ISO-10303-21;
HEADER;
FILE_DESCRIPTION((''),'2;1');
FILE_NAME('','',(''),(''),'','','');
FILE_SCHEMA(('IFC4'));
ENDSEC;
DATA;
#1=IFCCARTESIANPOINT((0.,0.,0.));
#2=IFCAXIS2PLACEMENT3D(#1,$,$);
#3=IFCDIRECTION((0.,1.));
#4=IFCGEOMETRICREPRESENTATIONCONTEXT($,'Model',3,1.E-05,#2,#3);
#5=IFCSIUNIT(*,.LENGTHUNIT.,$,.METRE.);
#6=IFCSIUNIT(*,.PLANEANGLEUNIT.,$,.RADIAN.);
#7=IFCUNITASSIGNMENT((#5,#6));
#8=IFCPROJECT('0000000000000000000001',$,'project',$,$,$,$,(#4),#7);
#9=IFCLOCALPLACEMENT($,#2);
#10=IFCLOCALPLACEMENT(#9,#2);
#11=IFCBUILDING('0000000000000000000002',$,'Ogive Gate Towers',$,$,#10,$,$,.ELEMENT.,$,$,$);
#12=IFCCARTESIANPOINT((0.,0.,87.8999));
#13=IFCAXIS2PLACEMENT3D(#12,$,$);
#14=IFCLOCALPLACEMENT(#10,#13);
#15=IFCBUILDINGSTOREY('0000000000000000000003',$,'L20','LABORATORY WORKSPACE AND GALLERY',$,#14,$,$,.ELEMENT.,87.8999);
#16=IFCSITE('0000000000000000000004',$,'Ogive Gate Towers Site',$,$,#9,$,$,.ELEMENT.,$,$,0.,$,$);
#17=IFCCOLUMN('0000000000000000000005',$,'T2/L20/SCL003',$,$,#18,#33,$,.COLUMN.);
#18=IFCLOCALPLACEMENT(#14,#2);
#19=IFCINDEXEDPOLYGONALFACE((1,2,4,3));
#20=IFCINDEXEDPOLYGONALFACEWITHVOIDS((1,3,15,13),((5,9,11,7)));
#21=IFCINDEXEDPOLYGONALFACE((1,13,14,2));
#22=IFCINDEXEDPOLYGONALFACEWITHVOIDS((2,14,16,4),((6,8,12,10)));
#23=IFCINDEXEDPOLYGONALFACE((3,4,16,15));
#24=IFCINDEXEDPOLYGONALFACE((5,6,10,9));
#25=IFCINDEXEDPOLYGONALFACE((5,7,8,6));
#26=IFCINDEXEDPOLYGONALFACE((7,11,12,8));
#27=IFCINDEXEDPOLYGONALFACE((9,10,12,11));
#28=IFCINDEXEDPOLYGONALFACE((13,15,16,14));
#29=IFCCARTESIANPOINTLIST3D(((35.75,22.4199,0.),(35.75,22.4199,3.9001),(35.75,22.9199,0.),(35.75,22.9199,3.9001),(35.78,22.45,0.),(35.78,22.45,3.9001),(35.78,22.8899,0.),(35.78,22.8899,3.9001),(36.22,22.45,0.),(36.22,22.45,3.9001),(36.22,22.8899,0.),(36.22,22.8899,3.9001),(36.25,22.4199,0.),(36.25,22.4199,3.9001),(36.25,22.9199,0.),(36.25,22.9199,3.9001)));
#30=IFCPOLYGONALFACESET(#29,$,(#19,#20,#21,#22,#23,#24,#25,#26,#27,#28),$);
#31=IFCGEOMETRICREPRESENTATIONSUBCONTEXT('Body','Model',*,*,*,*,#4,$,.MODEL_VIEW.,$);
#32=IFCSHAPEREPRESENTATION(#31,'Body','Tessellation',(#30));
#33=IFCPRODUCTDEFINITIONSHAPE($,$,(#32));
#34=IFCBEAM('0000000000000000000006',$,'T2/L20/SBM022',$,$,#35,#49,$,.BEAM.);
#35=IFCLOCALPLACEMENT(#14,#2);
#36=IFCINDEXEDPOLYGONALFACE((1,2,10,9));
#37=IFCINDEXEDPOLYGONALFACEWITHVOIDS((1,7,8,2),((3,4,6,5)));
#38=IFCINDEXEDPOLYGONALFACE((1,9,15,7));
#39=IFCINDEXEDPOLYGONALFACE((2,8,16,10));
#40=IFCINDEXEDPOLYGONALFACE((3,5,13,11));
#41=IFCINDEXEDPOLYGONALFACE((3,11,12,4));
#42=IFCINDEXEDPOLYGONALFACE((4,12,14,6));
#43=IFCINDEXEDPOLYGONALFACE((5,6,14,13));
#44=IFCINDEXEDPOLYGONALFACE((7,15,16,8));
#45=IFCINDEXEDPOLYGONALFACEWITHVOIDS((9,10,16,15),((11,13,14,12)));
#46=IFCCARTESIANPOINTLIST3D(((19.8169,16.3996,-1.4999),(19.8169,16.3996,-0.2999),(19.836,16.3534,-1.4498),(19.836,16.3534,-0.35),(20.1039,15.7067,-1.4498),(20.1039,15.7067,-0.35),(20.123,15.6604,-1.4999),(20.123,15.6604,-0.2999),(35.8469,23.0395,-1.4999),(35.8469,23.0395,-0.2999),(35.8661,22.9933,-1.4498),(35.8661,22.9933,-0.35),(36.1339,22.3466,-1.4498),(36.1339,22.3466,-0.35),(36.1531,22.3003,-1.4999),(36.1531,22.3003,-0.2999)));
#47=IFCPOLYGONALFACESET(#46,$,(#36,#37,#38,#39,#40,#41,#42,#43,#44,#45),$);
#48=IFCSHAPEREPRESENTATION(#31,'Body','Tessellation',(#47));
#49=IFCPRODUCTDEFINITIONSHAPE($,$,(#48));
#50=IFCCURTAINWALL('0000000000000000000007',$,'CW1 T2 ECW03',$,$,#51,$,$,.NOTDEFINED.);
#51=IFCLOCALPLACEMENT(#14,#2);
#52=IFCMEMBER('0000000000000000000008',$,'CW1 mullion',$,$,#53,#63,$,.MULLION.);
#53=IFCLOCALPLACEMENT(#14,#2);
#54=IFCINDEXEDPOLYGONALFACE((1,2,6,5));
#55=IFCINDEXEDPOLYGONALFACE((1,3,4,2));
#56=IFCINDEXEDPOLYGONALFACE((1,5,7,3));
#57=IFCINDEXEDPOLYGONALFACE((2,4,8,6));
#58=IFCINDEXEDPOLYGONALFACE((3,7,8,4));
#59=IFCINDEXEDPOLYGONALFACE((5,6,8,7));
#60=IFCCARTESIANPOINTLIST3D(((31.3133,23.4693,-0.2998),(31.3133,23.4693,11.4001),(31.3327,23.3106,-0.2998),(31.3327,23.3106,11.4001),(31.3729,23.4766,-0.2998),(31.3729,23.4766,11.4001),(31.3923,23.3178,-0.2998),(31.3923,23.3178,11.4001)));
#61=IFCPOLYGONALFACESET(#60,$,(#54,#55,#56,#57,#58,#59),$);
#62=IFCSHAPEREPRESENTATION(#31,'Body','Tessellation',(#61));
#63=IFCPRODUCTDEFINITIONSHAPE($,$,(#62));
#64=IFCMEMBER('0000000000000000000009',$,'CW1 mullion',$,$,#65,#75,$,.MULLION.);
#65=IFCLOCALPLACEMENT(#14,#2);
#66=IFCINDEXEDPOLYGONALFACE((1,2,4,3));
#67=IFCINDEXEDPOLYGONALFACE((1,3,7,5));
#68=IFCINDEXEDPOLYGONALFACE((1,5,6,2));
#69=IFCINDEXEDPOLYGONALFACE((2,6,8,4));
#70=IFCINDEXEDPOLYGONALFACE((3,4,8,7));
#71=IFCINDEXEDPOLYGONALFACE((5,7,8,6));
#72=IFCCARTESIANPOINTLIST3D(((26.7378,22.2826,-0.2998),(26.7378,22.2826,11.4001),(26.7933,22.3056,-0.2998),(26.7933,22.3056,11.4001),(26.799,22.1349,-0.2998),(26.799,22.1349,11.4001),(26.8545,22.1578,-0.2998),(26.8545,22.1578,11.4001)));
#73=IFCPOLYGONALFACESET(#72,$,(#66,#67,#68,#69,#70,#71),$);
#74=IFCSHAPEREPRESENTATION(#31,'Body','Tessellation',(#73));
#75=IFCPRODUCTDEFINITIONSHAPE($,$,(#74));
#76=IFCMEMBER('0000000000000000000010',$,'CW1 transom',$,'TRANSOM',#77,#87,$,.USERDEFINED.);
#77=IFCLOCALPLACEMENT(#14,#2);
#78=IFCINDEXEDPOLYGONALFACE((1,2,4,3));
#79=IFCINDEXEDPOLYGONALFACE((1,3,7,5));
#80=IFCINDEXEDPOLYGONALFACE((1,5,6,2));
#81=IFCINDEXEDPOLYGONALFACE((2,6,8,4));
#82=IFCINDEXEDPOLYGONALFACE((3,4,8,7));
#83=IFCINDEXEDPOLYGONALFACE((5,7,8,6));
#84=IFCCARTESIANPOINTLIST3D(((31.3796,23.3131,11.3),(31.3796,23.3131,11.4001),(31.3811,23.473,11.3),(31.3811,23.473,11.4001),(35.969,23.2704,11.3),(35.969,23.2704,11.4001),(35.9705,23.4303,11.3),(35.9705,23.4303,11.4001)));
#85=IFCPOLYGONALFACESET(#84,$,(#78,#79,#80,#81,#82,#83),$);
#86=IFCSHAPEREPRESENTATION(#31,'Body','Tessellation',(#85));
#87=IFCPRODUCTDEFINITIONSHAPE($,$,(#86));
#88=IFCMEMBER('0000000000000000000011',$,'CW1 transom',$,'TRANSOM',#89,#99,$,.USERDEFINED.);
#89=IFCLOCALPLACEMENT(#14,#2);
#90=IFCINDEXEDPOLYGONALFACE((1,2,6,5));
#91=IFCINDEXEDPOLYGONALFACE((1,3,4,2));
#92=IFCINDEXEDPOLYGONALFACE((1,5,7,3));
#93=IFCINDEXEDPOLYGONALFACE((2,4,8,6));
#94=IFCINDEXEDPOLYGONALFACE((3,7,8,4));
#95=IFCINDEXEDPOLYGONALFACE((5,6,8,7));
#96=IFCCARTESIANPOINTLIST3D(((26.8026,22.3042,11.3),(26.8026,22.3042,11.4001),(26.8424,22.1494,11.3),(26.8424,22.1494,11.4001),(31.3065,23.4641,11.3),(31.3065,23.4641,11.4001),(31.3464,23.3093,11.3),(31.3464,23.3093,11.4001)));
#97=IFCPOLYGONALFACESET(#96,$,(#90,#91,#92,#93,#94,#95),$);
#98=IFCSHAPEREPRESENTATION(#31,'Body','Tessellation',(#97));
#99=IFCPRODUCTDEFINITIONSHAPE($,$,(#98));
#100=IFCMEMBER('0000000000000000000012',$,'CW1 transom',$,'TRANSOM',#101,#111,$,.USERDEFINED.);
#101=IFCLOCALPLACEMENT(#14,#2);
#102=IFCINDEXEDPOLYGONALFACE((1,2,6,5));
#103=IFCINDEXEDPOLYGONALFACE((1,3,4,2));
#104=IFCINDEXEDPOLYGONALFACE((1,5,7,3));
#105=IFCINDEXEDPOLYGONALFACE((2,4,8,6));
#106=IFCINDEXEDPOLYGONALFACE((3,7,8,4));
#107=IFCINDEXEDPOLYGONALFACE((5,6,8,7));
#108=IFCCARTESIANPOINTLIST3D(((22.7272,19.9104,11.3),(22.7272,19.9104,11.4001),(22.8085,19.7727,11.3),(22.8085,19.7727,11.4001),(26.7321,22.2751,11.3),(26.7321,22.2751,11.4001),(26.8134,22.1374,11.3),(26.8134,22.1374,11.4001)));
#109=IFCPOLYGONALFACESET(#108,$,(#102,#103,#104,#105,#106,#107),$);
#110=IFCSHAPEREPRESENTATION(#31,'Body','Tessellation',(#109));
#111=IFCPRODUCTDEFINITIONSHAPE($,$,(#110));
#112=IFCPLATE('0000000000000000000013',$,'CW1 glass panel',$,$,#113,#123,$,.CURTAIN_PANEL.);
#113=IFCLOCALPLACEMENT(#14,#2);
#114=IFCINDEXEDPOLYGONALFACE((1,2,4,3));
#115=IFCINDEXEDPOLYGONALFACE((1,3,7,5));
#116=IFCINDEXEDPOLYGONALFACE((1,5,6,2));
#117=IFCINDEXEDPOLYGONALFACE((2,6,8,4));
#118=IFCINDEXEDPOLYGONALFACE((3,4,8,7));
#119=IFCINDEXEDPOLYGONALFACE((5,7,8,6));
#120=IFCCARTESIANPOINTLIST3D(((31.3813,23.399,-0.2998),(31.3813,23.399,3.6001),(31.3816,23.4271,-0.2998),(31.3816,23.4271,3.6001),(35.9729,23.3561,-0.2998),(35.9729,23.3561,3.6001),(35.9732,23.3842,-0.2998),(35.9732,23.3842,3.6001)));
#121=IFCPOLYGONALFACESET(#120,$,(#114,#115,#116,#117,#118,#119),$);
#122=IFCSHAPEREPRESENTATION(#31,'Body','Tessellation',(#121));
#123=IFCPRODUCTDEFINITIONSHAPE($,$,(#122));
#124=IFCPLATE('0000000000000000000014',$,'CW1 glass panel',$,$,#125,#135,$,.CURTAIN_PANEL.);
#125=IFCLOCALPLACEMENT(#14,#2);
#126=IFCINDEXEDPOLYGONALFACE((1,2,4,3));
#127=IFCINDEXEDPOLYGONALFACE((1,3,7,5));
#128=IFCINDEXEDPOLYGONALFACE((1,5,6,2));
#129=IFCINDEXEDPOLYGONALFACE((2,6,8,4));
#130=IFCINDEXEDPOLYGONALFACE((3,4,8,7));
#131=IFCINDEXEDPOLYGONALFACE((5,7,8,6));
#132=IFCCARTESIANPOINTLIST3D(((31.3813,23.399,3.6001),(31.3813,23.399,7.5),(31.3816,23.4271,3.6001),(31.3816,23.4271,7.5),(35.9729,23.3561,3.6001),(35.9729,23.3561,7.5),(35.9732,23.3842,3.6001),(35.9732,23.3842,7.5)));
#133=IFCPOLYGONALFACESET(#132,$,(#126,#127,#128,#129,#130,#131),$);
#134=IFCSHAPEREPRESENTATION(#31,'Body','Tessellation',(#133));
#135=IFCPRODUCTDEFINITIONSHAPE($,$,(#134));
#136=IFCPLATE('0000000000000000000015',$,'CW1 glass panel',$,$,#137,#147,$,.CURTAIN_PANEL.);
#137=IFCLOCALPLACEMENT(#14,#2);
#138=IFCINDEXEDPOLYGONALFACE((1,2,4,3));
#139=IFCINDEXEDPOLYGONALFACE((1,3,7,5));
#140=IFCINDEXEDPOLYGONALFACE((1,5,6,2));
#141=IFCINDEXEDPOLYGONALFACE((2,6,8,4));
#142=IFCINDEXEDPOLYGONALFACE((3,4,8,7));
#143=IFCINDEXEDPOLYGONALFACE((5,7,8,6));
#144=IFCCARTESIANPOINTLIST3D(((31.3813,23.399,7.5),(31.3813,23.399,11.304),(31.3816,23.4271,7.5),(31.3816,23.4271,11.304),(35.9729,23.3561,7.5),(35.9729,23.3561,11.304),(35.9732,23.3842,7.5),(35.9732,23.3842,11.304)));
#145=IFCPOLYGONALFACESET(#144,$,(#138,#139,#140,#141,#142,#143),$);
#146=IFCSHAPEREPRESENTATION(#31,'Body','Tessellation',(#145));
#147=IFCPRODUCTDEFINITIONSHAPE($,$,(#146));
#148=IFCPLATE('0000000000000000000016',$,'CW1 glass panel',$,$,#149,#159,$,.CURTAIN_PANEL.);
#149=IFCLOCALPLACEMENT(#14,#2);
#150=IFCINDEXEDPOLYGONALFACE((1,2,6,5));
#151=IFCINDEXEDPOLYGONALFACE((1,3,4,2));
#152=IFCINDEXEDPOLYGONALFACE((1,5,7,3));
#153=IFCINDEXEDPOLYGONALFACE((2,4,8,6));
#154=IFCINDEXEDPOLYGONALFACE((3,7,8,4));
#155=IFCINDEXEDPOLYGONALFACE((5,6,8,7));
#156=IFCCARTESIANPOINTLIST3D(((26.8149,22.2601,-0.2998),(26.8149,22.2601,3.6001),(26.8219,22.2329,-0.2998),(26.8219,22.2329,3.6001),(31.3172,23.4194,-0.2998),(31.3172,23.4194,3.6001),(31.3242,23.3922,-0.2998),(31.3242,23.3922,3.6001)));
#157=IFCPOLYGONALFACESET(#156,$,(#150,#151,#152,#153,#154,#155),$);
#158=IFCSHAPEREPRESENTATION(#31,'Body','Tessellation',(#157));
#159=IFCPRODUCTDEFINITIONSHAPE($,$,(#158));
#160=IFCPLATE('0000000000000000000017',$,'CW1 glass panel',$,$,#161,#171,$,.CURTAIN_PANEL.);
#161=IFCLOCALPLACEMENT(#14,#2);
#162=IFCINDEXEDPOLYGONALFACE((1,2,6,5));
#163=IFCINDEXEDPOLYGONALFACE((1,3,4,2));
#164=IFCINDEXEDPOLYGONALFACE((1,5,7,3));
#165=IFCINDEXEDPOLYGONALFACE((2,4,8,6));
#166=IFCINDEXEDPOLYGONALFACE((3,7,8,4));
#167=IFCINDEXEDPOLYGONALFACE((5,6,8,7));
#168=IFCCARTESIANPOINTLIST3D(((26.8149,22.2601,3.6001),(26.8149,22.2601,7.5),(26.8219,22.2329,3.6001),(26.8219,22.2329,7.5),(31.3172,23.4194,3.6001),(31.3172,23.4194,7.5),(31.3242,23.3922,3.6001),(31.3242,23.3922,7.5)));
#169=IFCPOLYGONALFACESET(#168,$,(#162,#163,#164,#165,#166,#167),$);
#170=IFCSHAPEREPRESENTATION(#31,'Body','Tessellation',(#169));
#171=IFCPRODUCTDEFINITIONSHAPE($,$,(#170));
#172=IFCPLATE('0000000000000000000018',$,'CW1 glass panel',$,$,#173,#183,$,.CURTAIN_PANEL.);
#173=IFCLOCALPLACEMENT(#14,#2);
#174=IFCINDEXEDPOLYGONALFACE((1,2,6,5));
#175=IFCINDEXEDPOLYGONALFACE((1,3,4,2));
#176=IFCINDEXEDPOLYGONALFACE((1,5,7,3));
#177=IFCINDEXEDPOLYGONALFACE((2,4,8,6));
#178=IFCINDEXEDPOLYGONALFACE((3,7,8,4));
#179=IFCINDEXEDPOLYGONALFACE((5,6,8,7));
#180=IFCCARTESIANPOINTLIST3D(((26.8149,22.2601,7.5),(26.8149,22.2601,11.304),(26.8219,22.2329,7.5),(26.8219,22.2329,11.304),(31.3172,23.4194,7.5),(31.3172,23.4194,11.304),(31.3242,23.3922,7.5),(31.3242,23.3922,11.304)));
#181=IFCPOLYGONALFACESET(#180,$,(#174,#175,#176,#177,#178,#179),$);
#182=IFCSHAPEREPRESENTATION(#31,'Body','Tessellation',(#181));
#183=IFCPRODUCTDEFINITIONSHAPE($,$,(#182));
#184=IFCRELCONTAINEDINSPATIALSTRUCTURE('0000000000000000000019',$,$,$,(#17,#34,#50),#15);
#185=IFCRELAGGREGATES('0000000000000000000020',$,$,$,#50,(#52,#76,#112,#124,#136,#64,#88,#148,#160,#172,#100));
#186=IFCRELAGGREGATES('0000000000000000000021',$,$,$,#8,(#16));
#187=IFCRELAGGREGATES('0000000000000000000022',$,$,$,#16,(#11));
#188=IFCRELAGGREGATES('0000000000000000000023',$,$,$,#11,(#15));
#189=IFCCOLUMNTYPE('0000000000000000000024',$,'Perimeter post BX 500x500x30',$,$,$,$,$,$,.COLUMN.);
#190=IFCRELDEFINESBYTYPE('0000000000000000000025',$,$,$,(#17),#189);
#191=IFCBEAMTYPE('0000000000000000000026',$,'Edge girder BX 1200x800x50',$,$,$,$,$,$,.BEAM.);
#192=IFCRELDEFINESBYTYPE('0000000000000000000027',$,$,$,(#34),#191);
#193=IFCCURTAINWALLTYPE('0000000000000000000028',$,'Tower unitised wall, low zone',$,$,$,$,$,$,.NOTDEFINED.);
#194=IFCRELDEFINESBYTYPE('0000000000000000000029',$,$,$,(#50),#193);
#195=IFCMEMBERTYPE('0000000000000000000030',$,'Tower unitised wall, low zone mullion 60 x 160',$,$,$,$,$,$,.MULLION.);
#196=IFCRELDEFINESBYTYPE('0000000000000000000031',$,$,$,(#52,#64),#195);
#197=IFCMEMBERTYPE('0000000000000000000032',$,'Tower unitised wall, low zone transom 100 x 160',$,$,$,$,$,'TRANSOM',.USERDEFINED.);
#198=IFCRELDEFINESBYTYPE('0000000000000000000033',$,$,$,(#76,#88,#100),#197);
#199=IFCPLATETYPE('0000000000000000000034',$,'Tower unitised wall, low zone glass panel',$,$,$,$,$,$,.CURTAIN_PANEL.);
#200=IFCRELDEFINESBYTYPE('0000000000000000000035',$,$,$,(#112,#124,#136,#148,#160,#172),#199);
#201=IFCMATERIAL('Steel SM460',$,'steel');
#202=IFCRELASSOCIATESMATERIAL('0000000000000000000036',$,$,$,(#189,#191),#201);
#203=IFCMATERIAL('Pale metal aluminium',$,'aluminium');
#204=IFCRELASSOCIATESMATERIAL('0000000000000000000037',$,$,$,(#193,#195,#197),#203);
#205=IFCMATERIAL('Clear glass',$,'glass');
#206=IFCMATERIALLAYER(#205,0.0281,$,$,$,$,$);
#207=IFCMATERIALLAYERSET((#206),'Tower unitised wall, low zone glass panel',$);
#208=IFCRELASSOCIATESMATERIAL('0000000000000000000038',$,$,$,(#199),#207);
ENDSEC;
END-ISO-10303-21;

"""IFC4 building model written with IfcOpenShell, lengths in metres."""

from ifc_helpers import new_model, si_unit, direction, frame, origin, origin_2d, place, context, subcontext, project, spatial, rectangle, hollow_rectangle, extrude, material, layer, layer_set, material_profile, profile_set, type_object, element, aggregate, save


model = new_model("IFC4")

# Units and contexts
model_context = context("Model", 3, precision=1e-05, world=origin(), true_north=direction((0.0, 1.0)))
body_context = subcontext(model_context, "Body", "Model", "MODEL_VIEW")
ifc_project = project(units=[si_unit("LENGTHUNIT", "METRE"), si_unit("PLANEANGLEUNIT", "RADIAN")], contexts=[model_context])

# Site, building, storey
site_placement = place(None, origin())
site = spatial("IfcSite", under=ifc_project, at=site_placement, Name="Ogive Gate Towers Site", CompositionType="ELEMENT", RefElevation=0.0)
building_placement = place(site_placement, origin())
building = spatial("IfcBuilding", under=site, at=building_placement, Name="Ogive Gate Towers", CompositionType="ELEMENT")
storey_placement = place(building_placement, frame((0.0, 0.0, 87.8999)))
storey = spatial("IfcBuildingStorey", under=building, at=storey_placement, Name="L20", Description="LABORATORY WORKSPACE AND GALLERY", CompositionType="ELEMENT", Elevation=87.8999)

# Column
ifc_material_1 = material(Name="Steel SM460", Category="steel")
ifc_material_profile_1 = material_profile(ifc_material_1, hollow_rectangle(XDim=0.5, YDim=0.5, WallThickness=0.03, at=origin_2d()), Name="BX 500x500x30")
ifc_profile_set_1 = profile_set([ifc_material_profile_1], Name="Steel SM460")
column_type = type_object("IfcColumnType", Name="Perimeter post BX 500x500x30", PredefinedType="COLUMN", material=ifc_profile_set_1)
column_placement = place(storey_placement, frame((36.0, 22.6699, 0.0), z_axis=(0.0, 0.0, 1.0), x_axis=(1.0, 0.0, 0.0)))
element("IfcColumn", 1, at=column_placement, inside=storey, type_object=column_type, Name="T2/L20/SCL003", PredefinedType="COLUMN", context=body_context, shape_type="SweptSolid", body=[
    extrude(hollow_rectangle(XDim=0.5, YDim=0.5, WallThickness=0.03, at=origin_2d()), origin(), (0.0, 0.0, 1.0), 3.9001),
])

# Beam
ifc_material_profile_2 = material_profile(ifc_material_1, hollow_rectangle(XDim=0.8, YDim=1.2, WallThickness=0.05, at=origin_2d()), Name="BX 1200x800x50")
ifc_profile_set_2 = profile_set([ifc_material_profile_2], Name="Steel SM460")
beam_type = type_object("IfcBeamType", Name="Edge girder BX 1200x800x50", PredefinedType="BEAM", material=ifc_profile_set_2)
beam_placement = place(storey_placement, frame((36.0, 22.6699, -0.8999), z_axis=(-0.923879, -0.382685, 0.0), x_axis=(0.382685, -0.923879, 0.0)))
element("IfcBeam", 2, at=beam_placement, inside=storey, type_object=beam_type, Name="T2/L20/SBM022", PredefinedType="BEAM", context=body_context, shape_type="SweptSolid", body=[
    extrude(hollow_rectangle(XDim=0.8, YDim=1.2, WallThickness=0.05, at=origin_2d()), origin(), (0.0, 0.0, 1.0), 17.3508),
])

# Curtain wall, members, plates
ifc_material_2 = material(Name="Pale metal aluminium", Category="aluminium")
curtain_wall_type = type_object("IfcCurtainWallType", Name="Tower unitised wall, low zone", PredefinedType="NOTDEFINED", material=ifc_material_2)
curtain_wall_placement = place(storey_placement, origin())
curtain_wall = element("IfcCurtainWall", 3, at=curtain_wall_placement, inside=storey, type_object=curtain_wall_type, Name="CW1 T2 ECW03", PredefinedType="NOTDEFINED")
ifc_material_profile_3 = material_profile(ifc_material_2, rectangle(XDim=0.1599, YDim=0.0601, at=origin_2d()), Name="60 x 160 aluminium box")
ifc_profile_set_3 = profile_set([ifc_material_profile_3], Name="Pale metal aluminium")
member_type_1 = type_object("IfcMemberType", Name="Tower unitised wall, low zone mullion 60 x 160", PredefinedType="MULLION", material=ifc_profile_set_3)
member_1_placement = place(storey_placement, frame((31.3528, 23.3936, -0.2998), z_axis=(0.0, 0.0, 1.0), x_axis=(-0.121038, 0.992648, 0.0)))
member_1 = element("IfcMember", 4, at=member_1_placement, type_object=member_type_1, Name="CW1 mullion", PredefinedType="MULLION", context=body_context, shape_type="SweptSolid", body=[
    extrude(rectangle(XDim=0.1599, YDim=0.0601, at=origin_2d()), origin(), (0.0, 0.0, 1.0), 11.7),
])
member_2_placement = place(storey_placement, frame((26.7961, 22.2202, -0.2998), z_axis=(0.0, 0.0, 1.0), x_axis=(-0.382683, 0.92388, 0.0)))
member_2 = element("IfcMember", 5, at=member_2_placement, type_object=member_type_1, Name="CW1 mullion", PredefinedType="MULLION", context=body_context, shape_type="SweptSolid", body=[
    extrude(rectangle(XDim=0.1599, YDim=0.0601, at=origin_2d()), origin(), (0.0, 0.0, 1.0), 11.7),
])
ifc_material_profile_4 = material_profile(ifc_material_2, rectangle(XDim=0.1599, YDim=0.1001, at=origin_2d()), Name="100 x 160 aluminium box")
ifc_profile_set_4 = profile_set([ifc_material_profile_4], Name="Pale metal aluminium")
member_type_2 = type_object("IfcMemberType", Name="Tower unitised wall, low zone transom 100 x 160", ElementType="TRANSOM", PredefinedType="USERDEFINED", material=ifc_profile_set_4)
member_3_placement = place(storey_placement, frame((35.9697, 23.3503, 11.3501), z_axis=(-0.999957, 0.009309, 0.0), x_axis=(-0.009309, -0.999957, 0.0)))
member_3 = element("IfcMember", 6, at=member_3_placement, type_object=member_type_2, Name="CW1 transom", ObjectType="TRANSOM", PredefinedType="USERDEFINED", context=body_context, shape_type="SweptSolid", body=[
    extrude(rectangle(XDim=0.1599, YDim=0.1001, at=origin_2d()), origin(), (0.0, 0.0, 1.0), 4.5896),
])
member_4_placement = place(storey_placement, frame((31.3264, 23.3867, 11.3501), z_axis=(-0.968401, -0.249397, 0.0), x_axis=(0.249397, -0.968401, 0.0)))
member_4 = element("IfcMember", 7, at=member_4_placement, type_object=member_type_2, Name="CW1 transom", ObjectType="TRANSOM", PredefinedType="USERDEFINED", context=body_context, shape_type="SweptSolid", body=[
    extrude(rectangle(XDim=0.1599, YDim=0.1001, at=origin_2d()), origin(), (0.0, 0.0, 1.0), 4.6509),
])
member_5_placement = place(storey_placement, frame((26.7727, 22.2063, 11.3501), z_axis=(-0.861094, -0.508446, 0.0), x_axis=(0.508446, -0.861094, 0.0)))
member_5 = element("IfcMember", 8, at=member_5_placement, type_object=member_type_2, Name="CW1 transom", ObjectType="TRANSOM", PredefinedType="USERDEFINED", context=body_context, shape_type="SweptSolid", body=[
    extrude(rectangle(XDim=0.1599, YDim=0.1001, at=origin_2d()), origin(), (0.0, 0.0, 1.0), 4.6509),
])
ifc_material_3 = material(Name="Clear glass", Category="glass")
ifc_layer_1 = layer(ifc_material_3, 0.0281)
ifc_layer_set_1 = layer_set([ifc_layer_1], Name="Tower unitised wall, low zone glass panel")
plate_type = type_object("IfcPlateType", Name="Tower unitised wall, low zone glass panel", PredefinedType="CURTAIN_PANEL", material=ifc_layer_set_1)
plate_1_placement = place(storey_placement, frame((33.6772, 23.3916, -0.2998), z_axis=(0.0, 0.0, 1.0), x_axis=(-0.999956, 0.009337, 0.0)))
plate_1 = element("IfcPlate", 9, at=plate_1_placement, type_object=plate_type, Name="CW1 glass panel", PredefinedType="CURTAIN_PANEL", context=body_context, shape_type="SweptSolid", body=[
    extrude(rectangle(XDim=4.5918, YDim=0.0281, at=origin_2d()), origin(), (0.0, 0.0, 1.0), 3.8999),
])
plate_2_placement = place(storey_placement, frame((33.6772, 23.3916, 3.6001), z_axis=(0.0, 0.0, 1.0), x_axis=(-0.999956, 0.009337, 0.0)))
plate_2 = element("IfcPlate", 10, at=plate_2_placement, type_object=plate_type, Name="CW1 glass panel", PredefinedType="CURTAIN_PANEL", context=body_context, shape_type="SweptSolid", body=[
    extrude(rectangle(XDim=4.5918, YDim=0.0281, at=origin_2d()), origin(), (0.0, 0.0, 1.0), 3.8999),
])
plate_3_placement = place(storey_placement, frame((33.6772, 23.3916, 7.5), z_axis=(0.0, 0.0, 1.0), x_axis=(-0.999956, 0.009337, 0.0)))
plate_3 = element("IfcPlate", 11, at=plate_3_placement, type_object=plate_type, Name="CW1 glass panel", PredefinedType="CURTAIN_PANEL", context=body_context, shape_type="SweptSolid", body=[
    extrude(rectangle(XDim=4.5918, YDim=0.0281, at=origin_2d()), origin(), (0.0, 0.0, 1.0), 3.804),
])
plate_4_placement = place(storey_placement, frame((29.0696, 22.8262, -0.2998), z_axis=(0.0, 0.0, 1.0), x_axis=(-0.968414, -0.249349, 0.0)))
plate_4 = element("IfcPlate", 12, at=plate_4_placement, type_object=plate_type, Name="CW1 glass panel", PredefinedType="CURTAIN_PANEL", context=body_context, shape_type="SweptSolid", body=[
    extrude(rectangle(XDim=4.6492, YDim=0.0281, at=origin_2d()), origin(), (0.0, 0.0, 1.0), 3.8999),
])
plate_5_placement = place(storey_placement, frame((29.0696, 22.8262, 3.6001), z_axis=(0.0, 0.0, 1.0), x_axis=(-0.968414, -0.249349, 0.0)))
plate_5 = element("IfcPlate", 13, at=plate_5_placement, type_object=plate_type, Name="CW1 glass panel", PredefinedType="CURTAIN_PANEL", context=body_context, shape_type="SweptSolid", body=[
    extrude(rectangle(XDim=4.6492, YDim=0.0281, at=origin_2d()), origin(), (0.0, 0.0, 1.0), 3.8999),
])
plate_6_placement = place(storey_placement, frame((29.0696, 22.8262, 7.5), z_axis=(0.0, 0.0, 1.0), x_axis=(-0.968414, -0.249349, 0.0)))
plate_6 = element("IfcPlate", 14, at=plate_6_placement, type_object=plate_type, Name="CW1 glass panel", PredefinedType="CURTAIN_PANEL", context=body_context, shape_type="SweptSolid", body=[
    extrude(rectangle(XDim=4.6492, YDim=0.0281, at=origin_2d()), origin(), (0.0, 0.0, 1.0), 3.804),
])
aggregate(curtain_wall, [member_1, member_3, plate_1, plate_2, plate_3, member_2, member_4, plate_4, plate_5, plate_6, member_5])

save(model, "model.ifc")
